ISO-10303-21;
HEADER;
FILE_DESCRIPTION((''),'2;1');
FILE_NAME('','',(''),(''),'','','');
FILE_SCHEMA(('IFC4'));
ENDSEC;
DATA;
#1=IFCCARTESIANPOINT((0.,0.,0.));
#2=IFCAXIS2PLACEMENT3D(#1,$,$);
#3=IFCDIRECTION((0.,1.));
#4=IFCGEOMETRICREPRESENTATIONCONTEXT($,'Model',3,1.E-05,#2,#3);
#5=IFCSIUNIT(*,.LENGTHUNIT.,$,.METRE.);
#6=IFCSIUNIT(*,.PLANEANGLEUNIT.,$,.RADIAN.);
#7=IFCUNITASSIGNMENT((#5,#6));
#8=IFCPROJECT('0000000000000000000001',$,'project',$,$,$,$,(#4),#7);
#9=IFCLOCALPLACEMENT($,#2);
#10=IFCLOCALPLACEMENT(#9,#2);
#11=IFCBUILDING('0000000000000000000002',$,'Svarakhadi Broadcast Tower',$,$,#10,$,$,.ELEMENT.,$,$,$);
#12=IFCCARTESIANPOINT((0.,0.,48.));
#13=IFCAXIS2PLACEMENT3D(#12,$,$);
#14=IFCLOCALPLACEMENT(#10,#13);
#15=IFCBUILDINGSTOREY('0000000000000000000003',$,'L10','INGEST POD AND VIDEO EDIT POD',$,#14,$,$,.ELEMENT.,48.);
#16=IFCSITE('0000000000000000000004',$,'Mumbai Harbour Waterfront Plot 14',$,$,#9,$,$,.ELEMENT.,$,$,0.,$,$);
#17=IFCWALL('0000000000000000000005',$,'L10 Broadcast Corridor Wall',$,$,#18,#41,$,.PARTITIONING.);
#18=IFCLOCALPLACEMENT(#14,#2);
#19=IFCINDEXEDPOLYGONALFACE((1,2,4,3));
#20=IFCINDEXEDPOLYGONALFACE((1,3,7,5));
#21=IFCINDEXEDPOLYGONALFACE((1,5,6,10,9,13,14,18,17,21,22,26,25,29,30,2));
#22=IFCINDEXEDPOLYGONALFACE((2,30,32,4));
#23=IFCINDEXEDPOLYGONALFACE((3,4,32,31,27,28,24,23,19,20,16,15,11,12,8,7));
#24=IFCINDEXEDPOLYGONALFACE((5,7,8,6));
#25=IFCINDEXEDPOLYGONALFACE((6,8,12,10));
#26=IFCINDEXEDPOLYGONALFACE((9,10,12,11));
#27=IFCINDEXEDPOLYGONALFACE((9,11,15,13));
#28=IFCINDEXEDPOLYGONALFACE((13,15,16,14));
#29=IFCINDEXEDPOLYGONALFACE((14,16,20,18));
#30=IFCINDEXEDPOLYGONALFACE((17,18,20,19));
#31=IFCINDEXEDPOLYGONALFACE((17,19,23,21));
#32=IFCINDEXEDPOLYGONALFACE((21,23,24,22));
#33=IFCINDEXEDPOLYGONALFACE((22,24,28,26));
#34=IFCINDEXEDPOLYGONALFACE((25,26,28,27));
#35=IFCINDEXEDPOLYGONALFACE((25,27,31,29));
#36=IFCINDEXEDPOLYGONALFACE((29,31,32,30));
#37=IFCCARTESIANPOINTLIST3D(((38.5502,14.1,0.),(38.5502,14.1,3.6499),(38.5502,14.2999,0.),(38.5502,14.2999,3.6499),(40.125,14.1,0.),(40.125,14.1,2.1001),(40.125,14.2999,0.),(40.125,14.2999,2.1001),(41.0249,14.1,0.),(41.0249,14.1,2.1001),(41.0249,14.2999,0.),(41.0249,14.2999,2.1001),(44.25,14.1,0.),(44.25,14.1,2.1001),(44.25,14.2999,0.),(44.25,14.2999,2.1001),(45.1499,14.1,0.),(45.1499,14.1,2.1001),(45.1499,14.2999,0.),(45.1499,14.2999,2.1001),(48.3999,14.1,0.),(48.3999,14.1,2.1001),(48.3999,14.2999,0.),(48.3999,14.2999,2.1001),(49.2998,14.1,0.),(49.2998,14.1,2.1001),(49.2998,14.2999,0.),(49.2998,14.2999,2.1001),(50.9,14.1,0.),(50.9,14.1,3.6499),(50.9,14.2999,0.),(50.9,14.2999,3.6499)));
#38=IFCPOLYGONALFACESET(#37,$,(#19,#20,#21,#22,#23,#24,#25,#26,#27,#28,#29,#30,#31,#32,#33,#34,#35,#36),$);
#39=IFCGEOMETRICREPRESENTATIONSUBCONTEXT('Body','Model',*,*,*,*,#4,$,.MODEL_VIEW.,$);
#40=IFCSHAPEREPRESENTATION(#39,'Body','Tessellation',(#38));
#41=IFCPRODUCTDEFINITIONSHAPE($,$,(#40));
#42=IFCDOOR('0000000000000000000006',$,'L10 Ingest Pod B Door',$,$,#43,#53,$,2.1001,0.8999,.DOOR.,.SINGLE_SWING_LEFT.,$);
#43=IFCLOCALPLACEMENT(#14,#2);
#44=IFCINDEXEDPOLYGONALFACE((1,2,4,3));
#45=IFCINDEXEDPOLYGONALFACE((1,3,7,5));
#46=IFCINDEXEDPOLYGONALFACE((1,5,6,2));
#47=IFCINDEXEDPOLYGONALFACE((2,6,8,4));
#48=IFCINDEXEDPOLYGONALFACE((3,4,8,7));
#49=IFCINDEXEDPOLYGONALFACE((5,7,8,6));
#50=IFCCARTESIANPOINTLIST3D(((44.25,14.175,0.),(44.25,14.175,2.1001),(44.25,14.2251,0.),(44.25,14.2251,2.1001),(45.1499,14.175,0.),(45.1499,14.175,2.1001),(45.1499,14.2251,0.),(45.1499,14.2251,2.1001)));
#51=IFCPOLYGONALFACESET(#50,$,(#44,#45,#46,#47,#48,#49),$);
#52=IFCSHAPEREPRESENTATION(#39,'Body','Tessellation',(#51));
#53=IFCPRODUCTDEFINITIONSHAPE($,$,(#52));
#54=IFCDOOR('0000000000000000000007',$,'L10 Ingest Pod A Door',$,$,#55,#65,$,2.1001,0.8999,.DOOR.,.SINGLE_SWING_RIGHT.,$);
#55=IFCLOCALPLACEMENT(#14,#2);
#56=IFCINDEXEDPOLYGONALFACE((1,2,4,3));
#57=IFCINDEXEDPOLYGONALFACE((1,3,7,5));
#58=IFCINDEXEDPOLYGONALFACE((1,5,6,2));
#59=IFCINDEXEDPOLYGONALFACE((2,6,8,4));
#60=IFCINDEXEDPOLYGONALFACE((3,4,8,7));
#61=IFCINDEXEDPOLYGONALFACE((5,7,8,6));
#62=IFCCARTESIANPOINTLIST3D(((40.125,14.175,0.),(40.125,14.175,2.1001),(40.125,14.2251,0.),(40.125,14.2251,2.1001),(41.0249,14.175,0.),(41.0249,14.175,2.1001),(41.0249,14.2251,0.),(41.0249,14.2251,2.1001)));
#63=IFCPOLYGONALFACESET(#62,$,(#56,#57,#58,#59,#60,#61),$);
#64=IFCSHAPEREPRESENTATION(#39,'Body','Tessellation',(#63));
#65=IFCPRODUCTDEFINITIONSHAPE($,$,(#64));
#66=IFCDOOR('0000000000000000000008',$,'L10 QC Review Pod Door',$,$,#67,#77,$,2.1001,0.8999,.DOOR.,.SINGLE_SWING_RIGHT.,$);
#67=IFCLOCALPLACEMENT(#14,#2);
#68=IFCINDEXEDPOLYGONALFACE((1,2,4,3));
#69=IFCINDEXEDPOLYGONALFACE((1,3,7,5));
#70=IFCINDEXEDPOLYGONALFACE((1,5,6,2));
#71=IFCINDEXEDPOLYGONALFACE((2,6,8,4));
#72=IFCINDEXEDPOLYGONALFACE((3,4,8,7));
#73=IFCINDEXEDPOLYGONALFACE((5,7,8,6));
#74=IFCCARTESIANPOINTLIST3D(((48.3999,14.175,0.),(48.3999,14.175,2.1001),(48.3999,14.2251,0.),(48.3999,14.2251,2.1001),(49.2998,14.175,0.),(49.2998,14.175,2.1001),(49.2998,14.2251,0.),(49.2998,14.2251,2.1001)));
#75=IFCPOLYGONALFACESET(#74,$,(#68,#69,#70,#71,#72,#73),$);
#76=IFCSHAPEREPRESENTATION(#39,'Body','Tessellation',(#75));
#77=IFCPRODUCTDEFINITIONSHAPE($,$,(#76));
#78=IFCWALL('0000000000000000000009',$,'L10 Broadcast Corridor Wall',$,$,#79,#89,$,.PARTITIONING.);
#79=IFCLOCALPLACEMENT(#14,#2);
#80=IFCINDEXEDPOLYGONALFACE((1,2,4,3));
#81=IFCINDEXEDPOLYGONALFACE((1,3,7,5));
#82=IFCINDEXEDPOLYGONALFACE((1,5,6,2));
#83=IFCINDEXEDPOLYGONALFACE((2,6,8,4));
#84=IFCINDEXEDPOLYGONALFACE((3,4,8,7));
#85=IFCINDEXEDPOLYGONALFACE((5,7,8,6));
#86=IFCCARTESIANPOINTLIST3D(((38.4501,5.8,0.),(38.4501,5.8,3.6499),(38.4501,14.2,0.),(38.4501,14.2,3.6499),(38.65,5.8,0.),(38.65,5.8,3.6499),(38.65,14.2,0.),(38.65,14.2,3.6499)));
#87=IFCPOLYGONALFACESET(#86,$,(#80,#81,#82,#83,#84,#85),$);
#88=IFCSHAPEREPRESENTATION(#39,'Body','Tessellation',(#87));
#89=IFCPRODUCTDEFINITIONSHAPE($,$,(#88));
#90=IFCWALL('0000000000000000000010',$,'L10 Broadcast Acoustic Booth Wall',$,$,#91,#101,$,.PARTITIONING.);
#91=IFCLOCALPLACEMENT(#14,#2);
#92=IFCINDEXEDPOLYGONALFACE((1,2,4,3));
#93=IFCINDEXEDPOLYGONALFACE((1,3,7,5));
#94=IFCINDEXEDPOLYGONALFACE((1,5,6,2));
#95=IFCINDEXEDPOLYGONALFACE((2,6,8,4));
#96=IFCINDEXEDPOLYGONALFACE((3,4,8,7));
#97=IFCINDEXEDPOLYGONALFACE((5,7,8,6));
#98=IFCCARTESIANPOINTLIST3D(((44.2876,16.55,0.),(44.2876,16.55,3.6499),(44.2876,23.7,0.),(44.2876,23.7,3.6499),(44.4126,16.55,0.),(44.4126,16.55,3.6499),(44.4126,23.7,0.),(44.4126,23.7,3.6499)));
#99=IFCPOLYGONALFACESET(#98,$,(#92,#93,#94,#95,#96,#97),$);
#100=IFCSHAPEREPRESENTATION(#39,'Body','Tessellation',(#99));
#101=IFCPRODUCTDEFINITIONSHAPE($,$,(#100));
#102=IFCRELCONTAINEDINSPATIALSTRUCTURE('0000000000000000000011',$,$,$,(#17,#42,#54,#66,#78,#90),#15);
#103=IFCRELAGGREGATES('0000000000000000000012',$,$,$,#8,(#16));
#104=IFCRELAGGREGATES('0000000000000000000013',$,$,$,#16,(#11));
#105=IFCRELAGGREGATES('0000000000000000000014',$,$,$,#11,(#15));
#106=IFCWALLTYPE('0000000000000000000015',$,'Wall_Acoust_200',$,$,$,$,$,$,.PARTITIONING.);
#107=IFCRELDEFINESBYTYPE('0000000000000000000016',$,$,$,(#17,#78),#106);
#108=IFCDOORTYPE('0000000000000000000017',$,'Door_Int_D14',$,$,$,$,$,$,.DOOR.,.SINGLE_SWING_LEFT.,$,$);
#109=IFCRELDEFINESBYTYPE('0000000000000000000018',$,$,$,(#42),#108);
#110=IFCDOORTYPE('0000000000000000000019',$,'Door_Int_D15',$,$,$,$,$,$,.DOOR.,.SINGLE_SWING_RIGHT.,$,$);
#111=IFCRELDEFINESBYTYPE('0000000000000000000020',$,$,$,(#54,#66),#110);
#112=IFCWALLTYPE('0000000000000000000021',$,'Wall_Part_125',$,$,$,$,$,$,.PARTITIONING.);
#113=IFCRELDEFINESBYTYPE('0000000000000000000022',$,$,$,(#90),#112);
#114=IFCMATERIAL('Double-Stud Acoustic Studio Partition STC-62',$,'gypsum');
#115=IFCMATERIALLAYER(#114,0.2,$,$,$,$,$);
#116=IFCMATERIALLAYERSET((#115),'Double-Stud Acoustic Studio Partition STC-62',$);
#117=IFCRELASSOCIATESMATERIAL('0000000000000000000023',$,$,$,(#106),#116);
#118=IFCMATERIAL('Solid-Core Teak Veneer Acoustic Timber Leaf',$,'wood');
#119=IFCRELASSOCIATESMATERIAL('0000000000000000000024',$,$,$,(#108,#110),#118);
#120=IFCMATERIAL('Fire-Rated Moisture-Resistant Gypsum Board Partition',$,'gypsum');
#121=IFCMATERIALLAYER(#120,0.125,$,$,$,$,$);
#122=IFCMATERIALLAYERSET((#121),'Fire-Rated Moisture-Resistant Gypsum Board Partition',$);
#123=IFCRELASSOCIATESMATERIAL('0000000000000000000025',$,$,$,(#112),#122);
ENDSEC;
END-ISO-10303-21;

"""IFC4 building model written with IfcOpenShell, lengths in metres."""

from ifc_helpers import new_model, si_unit, direction, frame, frame_2d, origin, place, context, subcontext, project, spatial, rectangle, extrude, material, layer, layer_set, type_object, element, fill, save


model = new_model("IFC4")

# Units and contexts
model_context = context("Model", 3, precision=1e-05, world=origin(), true_north=direction((0.0, 1.0)))
body_context = subcontext(model_context, "Body", "Model", "MODEL_VIEW")
ifc_project = project(units=[si_unit("LENGTHUNIT", "METRE"), si_unit("PLANEANGLEUNIT", "RADIAN")], contexts=[model_context])

# Site, building, storey
site_placement = place(None, origin())
site = spatial("IfcSite", under=ifc_project, at=site_placement, Name="Mumbai Harbour Waterfront Plot 14", CompositionType="ELEMENT", RefElevation=0.0)
building_placement = place(site_placement, origin())
building = spatial("IfcBuilding", under=site, at=building_placement, Name="Svarakhadi Broadcast Tower", CompositionType="ELEMENT")
storey_placement = place(building_placement, frame((0.0, 0.0, 48.0)))
storey = spatial("IfcBuildingStorey", under=building, at=storey_placement, Name="L10", Description="INGEST POD AND VIDEO EDIT POD", CompositionType="ELEMENT", Elevation=48.0)

# Shared definitions
ifc_material_1 = material(Name="Double-Stud Acoustic Studio Partition STC-62", Category="gypsum")
ifc_layer_1 = layer(ifc_material_1, 0.2)
ifc_layer_set_1 = layer_set([ifc_layer_1], Name="Double-Stud Acoustic Studio Partition STC-62")
wall_type_1 = type_object("IfcWallType", Name="Wall_Acoust_200", PredefinedType="PARTITIONING", material=ifc_layer_set_1)

# Shared definitions
ifc_material_2 = material(Name="Solid-Core Teak Veneer Acoustic Timber Leaf", Category="wood")
door_type_1 = type_object("IfcDoorType", Name="Door_Int_D14", OperationType="SINGLE_SWING_LEFT", PredefinedType="DOOR", material=ifc_material_2)
door_type_2 = type_object("IfcDoorType", Name="Door_Int_D15", OperationType="SINGLE_SWING_RIGHT", PredefinedType="DOOR", material=ifc_material_2)

# Wall, openings, doors
wall_1_placement = place(storey_placement, frame((50.8999, 14.2, 0.0), z_axis=(0.0, 0.0, 1.0), x_axis=(-1.0, 0.0, 0.0)))
wall_1 = element("IfcWall", 1, at=wall_1_placement, inside=storey, type_object=wall_type_1, Name="L10 Broadcast Corridor Wall", PredefinedType="PARTITIONING", context=body_context, shape_type="SweptSolid", body=[
    extrude(rectangle(XDim=12.3499, YDim=0.2, at=frame_2d((6.1748, 0.0))), origin(), (0.0, 0.0, 1.0), 3.6499),
])
opening_1_placement = place(wall_1_placement, frame((9.875, 0.0, 0.0)))
opening_1 = element("IfcOpeningElement", 2, at=opening_1_placement, cuts=wall_1, PredefinedType="OPENING", context=body_context, shape_type="SweptSolid", body=[
    extrude(rectangle(XDim=0.8999, YDim=2.1001, at=frame_2d((0.45, 1.05))), frame((0.0, 0.1099, 0.0), z_axis=(0.0, -1.0, 0.0), x_axis=(1.0, 0.0, 0.0)), (0.0, 0.0, 1.0), 0.22),
])
opening_2_placement = place(wall_1_placement, frame((5.75, 0.0, 0.0)))
opening_2 = element("IfcOpeningElement", 3, at=opening_2_placement, cuts=wall_1, PredefinedType="OPENING", context=body_context, shape_type="SweptSolid", body=[
    extrude(rectangle(XDim=0.8999, YDim=2.1001, at=frame_2d((0.45, 1.05))), frame((0.0, 0.1099, 0.0), z_axis=(0.0, -1.0, 0.0), x_axis=(1.0, 0.0, 0.0)), (0.0, 0.0, 1.0), 0.22),
])
opening_3_placement = place(wall_1_placement, frame((1.6001, 0.0, 0.0)))
opening_3 = element("IfcOpeningElement", 4, at=opening_3_placement, cuts=wall_1, PredefinedType="OPENING", context=body_context, shape_type="SweptSolid", body=[
    extrude(rectangle(XDim=0.8999, YDim=2.1001, at=frame_2d((0.45, 1.05))), frame((0.0, 0.1099, 0.0), z_axis=(0.0, -1.0, 0.0), x_axis=(1.0, 0.0, 0.0)), (0.0, 0.0, 1.0), 0.22),
])
door_1_placement = place(opening_2_placement, origin())
door_1 = element("IfcDoor", 5, at=door_1_placement, inside=storey, type_object=door_type_1, Name="L10 Ingest Pod B Door", OperationType="SINGLE_SWING_LEFT", OverallHeight=2.1001, OverallWidth=0.8999, PredefinedType="DOOR", context=body_context, shape_type="SweptSolid", body=[
    extrude(rectangle(XDim=0.8999, YDim=2.1001, at=frame_2d((0.45, 1.05))), frame((0.0, 0.0249, 0.0), z_axis=(0.0, -1.0, 0.0), x_axis=(1.0, 0.0, 0.0)), (0.0, 0.0, 1.0), 0.05),
])
fill(opening_2, door_1)
door_2_placement = place(opening_1_placement, origin())
door_2 = element("IfcDoor", 6, at=door_2_placement, inside=storey, type_object=door_type_2, Name="L10 Ingest Pod A Door", OperationType="SINGLE_SWING_RIGHT", OverallHeight=2.1001, OverallWidth=0.8999, PredefinedType="DOOR", context=body_context, shape_type="SweptSolid", body=[
    extrude(rectangle(XDim=0.8999, YDim=2.1001, at=frame_2d((0.45, 1.05))), frame((0.0, 0.0249, 0.0), z_axis=(0.0, -1.0, 0.0), x_axis=(1.0, 0.0, 0.0)), (0.0, 0.0, 1.0), 0.05),
])
fill(opening_1, door_2)
door_3_placement = place(opening_3_placement, origin())
door_3 = element("IfcDoor", 7, at=door_3_placement, inside=storey, type_object=door_type_2, Name="L10 QC Review Pod Door", OperationType="SINGLE_SWING_RIGHT", OverallHeight=2.1001, OverallWidth=0.8999, PredefinedType="DOOR", context=body_context, shape_type="SweptSolid", body=[
    extrude(rectangle(XDim=0.8999, YDim=2.1001, at=frame_2d((0.45, 1.05))), frame((0.0, 0.0249, 0.0), z_axis=(0.0, -1.0, 0.0), x_axis=(1.0, 0.0, 0.0)), (0.0, 0.0, 1.0), 0.05),
])
fill(opening_3, door_3)

# Walls
wall_2_placement = place(storey_placement, frame((38.55, 14.2, 0.0), z_axis=(0.0, 0.0, 1.0), x_axis=(0.0, -1.0, 0.0)))
element("IfcWall", 8, at=wall_2_placement, inside=storey, type_object=wall_type_1, Name="L10 Broadcast Corridor Wall", PredefinedType="PARTITIONING", context=body_context, shape_type="SweptSolid", body=[
    extrude(rectangle(XDim=8.3999, YDim=0.2, at=frame_2d((4.2, 0.0))), origin(), (0.0, 0.0, 1.0), 3.6499),
])
ifc_material_3 = material(Name="Fire-Rated Moisture-Resistant Gypsum Board Partition", Category="gypsum")
ifc_layer_2 = layer(ifc_material_3, 0.125)
ifc_layer_set_2 = layer_set([ifc_layer_2], Name="Fire-Rated Moisture-Resistant Gypsum Board Partition")
wall_type_2 = type_object("IfcWallType", Name="Wall_Part_125", PredefinedType="PARTITIONING", material=ifc_layer_set_2)
wall_3_placement = place(storey_placement, frame((44.3501, 16.55, 0.0), z_axis=(0.0, 0.0, 1.0), x_axis=(0.0, 1.0, 0.0)))
element("IfcWall", 9, at=wall_3_placement, inside=storey, type_object=wall_type_2, Name="L10 Broadcast Acoustic Booth Wall", PredefinedType="PARTITIONING", context=body_context, shape_type="SweptSolid", body=[
    extrude(rectangle(XDim=7.1499, YDim=0.125, at=frame_2d((3.575, 0.0))), origin(), (0.0, 0.0, 1.0), 3.6499),
])

save(model, "model.ifc")
